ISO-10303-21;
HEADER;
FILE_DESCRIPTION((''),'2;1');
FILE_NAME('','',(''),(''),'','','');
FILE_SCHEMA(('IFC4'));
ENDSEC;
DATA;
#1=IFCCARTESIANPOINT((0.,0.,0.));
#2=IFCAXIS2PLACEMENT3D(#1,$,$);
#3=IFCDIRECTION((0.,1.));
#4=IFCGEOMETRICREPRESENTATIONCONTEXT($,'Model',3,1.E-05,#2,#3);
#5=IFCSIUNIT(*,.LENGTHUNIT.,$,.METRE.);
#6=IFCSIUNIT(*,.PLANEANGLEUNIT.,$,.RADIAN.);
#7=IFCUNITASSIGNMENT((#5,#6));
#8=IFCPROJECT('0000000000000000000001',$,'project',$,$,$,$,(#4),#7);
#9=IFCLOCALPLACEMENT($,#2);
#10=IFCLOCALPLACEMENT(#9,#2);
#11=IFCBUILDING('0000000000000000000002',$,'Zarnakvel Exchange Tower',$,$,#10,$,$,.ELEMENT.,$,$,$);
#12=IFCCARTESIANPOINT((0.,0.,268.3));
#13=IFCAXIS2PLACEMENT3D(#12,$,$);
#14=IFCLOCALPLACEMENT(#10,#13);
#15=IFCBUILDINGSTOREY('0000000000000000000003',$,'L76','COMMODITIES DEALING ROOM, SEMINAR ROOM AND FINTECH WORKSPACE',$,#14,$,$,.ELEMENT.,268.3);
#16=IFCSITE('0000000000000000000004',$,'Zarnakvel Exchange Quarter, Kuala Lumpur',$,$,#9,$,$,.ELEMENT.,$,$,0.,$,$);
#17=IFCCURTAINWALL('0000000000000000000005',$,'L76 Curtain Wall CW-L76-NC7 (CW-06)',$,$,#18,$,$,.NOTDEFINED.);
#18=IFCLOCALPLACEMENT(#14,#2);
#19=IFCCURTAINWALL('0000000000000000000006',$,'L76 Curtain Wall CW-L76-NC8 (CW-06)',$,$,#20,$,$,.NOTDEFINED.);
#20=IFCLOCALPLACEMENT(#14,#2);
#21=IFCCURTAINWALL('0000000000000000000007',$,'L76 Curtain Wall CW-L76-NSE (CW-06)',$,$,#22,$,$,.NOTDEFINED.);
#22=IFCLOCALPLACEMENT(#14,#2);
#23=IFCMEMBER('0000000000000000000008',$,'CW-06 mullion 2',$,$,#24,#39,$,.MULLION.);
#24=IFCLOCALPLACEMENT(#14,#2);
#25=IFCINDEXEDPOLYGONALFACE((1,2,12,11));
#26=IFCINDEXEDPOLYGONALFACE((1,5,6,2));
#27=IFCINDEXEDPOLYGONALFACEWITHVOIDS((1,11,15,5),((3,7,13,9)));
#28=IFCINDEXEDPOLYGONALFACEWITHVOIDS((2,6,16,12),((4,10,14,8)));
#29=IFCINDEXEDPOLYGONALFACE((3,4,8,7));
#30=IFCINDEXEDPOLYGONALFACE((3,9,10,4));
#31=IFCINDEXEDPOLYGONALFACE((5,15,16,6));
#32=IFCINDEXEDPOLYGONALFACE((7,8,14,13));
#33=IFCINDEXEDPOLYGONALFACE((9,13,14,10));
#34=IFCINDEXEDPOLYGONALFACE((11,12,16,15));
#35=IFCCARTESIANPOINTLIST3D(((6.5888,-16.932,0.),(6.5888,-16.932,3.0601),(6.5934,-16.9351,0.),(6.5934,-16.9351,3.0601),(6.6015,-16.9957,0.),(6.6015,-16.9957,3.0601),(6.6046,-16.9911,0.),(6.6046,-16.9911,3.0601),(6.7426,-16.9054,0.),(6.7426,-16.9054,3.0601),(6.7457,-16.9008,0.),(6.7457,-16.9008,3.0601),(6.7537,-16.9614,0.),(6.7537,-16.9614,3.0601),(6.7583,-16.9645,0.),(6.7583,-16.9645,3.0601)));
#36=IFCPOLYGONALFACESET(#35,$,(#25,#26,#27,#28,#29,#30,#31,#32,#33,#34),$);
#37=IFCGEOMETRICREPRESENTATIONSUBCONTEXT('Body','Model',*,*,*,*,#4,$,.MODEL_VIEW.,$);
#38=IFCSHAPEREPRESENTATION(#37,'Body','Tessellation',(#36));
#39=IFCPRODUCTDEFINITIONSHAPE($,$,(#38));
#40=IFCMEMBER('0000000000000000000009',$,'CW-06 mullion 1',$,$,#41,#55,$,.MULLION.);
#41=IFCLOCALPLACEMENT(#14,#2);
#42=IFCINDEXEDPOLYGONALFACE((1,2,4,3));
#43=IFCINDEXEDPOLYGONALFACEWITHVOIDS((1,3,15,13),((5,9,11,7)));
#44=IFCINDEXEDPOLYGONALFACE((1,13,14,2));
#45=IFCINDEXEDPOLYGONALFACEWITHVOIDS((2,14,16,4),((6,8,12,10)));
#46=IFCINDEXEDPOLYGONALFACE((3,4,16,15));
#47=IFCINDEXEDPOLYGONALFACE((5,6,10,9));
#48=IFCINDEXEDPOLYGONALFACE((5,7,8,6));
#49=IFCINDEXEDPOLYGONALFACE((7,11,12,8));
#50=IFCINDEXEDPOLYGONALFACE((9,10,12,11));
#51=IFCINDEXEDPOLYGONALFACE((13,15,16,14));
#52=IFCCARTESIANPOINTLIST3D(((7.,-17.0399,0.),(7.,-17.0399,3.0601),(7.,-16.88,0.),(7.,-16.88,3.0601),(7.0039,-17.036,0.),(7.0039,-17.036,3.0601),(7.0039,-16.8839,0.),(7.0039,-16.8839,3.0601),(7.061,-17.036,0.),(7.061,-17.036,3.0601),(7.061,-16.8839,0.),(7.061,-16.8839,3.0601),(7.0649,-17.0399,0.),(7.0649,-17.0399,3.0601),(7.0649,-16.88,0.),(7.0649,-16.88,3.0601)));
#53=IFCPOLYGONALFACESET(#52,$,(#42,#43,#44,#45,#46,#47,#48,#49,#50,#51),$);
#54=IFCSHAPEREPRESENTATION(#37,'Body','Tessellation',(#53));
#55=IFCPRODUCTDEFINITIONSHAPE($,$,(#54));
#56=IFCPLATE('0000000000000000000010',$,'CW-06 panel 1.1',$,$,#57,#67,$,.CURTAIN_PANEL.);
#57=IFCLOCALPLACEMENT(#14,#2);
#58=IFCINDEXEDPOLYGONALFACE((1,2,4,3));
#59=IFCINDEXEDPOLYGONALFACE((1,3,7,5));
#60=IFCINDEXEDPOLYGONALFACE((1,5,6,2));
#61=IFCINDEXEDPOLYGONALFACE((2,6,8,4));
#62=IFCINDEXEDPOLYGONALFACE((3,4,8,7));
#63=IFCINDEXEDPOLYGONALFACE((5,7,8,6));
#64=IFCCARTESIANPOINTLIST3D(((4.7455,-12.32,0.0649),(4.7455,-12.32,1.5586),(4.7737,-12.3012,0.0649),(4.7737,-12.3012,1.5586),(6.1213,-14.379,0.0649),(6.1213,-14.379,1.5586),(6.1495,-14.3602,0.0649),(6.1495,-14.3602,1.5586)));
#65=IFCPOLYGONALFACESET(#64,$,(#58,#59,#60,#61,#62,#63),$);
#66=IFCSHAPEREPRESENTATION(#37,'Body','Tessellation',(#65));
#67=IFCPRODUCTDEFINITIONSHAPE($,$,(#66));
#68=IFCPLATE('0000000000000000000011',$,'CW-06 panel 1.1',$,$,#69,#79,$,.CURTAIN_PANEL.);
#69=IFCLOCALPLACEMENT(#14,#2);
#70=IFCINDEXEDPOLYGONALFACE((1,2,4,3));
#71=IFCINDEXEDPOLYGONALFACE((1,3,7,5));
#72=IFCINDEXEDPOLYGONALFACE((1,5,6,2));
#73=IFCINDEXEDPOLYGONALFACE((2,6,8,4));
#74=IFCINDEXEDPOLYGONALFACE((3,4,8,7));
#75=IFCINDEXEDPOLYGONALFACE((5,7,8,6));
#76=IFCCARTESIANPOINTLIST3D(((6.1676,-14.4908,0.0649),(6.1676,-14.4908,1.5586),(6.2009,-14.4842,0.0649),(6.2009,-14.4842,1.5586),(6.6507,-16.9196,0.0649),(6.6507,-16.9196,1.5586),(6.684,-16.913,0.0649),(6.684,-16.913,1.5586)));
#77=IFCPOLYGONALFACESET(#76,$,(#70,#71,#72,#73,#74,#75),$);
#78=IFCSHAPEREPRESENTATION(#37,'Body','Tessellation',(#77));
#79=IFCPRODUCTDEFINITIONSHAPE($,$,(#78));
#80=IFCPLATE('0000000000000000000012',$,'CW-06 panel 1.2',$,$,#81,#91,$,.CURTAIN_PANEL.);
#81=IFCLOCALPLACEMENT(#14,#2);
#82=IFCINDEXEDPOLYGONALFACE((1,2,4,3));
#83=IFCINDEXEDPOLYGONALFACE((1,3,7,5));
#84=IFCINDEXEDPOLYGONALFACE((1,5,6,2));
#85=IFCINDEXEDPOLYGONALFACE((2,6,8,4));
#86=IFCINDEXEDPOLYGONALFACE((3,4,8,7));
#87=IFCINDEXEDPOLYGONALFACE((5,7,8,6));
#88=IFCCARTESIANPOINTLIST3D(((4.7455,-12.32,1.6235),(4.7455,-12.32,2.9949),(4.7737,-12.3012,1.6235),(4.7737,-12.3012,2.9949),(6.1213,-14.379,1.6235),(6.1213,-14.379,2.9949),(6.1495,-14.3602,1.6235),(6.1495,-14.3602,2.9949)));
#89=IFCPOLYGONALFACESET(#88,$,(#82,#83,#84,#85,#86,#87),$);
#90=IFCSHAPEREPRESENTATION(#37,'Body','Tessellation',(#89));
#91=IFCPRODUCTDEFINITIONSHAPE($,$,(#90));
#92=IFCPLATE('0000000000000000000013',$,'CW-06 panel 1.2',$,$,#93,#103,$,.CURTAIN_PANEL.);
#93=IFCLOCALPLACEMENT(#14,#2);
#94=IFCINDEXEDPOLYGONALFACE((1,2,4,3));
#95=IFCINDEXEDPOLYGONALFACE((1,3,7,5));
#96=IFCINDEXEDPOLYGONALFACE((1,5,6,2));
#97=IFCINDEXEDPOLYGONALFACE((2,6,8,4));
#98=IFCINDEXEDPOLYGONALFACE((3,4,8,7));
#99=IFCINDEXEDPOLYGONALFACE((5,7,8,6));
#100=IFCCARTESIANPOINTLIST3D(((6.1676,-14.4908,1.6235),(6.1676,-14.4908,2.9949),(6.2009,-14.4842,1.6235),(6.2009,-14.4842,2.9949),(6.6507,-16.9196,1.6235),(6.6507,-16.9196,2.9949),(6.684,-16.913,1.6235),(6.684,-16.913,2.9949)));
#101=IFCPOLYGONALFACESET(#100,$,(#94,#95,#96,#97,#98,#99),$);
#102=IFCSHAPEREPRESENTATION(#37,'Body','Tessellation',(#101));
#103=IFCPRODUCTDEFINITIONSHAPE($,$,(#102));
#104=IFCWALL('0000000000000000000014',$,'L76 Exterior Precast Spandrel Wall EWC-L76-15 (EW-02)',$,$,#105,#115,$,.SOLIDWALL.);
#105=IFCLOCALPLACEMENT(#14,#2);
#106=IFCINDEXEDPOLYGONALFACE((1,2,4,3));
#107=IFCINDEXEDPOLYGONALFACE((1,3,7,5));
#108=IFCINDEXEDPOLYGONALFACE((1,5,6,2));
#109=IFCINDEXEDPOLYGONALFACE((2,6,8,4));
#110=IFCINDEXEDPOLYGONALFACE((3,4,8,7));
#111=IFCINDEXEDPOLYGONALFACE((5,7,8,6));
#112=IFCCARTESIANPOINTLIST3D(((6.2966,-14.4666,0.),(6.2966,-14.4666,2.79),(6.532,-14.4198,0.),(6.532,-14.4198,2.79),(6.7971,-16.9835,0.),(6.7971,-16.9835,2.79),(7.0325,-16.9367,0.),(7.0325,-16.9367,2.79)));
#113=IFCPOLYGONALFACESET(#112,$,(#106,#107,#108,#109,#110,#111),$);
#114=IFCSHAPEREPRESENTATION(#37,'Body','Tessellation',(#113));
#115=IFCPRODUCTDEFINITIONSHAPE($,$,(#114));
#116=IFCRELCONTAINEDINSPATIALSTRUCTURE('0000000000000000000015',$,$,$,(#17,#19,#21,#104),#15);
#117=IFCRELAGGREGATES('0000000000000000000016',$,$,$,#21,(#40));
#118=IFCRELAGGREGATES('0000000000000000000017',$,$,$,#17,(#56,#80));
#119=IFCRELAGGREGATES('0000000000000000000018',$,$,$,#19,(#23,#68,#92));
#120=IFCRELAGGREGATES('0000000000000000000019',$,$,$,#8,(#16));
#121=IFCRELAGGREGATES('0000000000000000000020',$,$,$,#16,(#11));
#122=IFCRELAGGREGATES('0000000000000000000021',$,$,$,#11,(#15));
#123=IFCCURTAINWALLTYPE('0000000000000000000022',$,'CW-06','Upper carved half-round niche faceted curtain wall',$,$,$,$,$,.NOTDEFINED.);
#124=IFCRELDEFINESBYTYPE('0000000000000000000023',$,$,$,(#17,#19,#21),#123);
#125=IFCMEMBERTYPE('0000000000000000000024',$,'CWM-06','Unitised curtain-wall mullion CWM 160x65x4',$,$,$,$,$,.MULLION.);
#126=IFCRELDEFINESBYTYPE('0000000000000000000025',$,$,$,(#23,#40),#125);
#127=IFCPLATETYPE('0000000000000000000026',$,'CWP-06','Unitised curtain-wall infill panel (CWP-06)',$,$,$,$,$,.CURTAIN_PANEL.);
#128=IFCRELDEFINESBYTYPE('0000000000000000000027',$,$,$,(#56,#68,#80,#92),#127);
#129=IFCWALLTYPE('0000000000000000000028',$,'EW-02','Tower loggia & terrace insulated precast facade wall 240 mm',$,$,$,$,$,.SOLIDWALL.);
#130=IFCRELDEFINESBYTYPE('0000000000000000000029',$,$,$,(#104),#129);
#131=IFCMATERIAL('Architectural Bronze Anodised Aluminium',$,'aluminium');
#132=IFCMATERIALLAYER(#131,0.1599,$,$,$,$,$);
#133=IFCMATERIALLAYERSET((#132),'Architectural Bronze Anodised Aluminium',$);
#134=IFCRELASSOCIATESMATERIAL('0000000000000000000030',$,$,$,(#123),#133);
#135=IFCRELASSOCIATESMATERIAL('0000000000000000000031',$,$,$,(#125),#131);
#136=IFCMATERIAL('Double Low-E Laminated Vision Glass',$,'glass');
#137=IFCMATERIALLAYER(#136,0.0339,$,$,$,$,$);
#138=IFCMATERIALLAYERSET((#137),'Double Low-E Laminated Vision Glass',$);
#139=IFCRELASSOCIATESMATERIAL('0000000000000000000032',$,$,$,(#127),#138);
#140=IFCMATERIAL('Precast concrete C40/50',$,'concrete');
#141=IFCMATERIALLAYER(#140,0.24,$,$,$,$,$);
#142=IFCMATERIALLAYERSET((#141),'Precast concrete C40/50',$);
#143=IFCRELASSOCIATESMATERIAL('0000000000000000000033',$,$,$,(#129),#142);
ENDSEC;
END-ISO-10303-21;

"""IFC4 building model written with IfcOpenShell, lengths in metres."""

from ifc_helpers import new_model, si_unit, direction, frame, frame_2d, origin, origin_2d, place, context, subcontext, project, spatial, rectangle, hollow_rectangle, extrude, source, transform, mapped, material, layer, layer_set, material_profile, profile_set, type_object, element, aggregate, save


model = new_model("IFC4")

# Units and contexts
model_context = context("Model", 3, precision=1e-05, world=origin(), true_north=direction((0.0, 1.0)))
body_context = subcontext(model_context, "Body", "Model", "MODEL_VIEW")
ifc_project = project(units=[si_unit("LENGTHUNIT", "METRE"), si_unit("PLANEANGLEUNIT", "RADIAN")], contexts=[model_context])

# Site, building, storey
site_placement = place(None, origin())
site = spatial("IfcSite", under=ifc_project, at=site_placement, Name="Zarnakvel Exchange Quarter, Kuala Lumpur", CompositionType="ELEMENT", RefElevation=0.0)
building_placement = place(site_placement, origin())
building = spatial("IfcBuilding", under=site, at=building_placement, Name="Zarnakvel Exchange Tower", CompositionType="ELEMENT")
storey_placement = place(building_placement, frame((0.0, 0.0, 268.3)))
storey = spatial("IfcBuildingStorey", under=building, at=storey_placement, Name="L76", Description="COMMODITIES DEALING ROOM, SEMINAR ROOM AND FINTECH WORKSPACE", CompositionType="ELEMENT", Elevation=268.3)

# Curtain walls
ifc_material_1 = material(Name="Architectural Bronze Anodised Aluminium", Category="aluminium")
ifc_layer_1 = layer(ifc_material_1, 0.1599)
ifc_layer_set_1 = layer_set([ifc_layer_1], Name="Architectural Bronze Anodised Aluminium")
curtain_wall_type = type_object("IfcCurtainWallType", Name="CW-06", Description="Upper carved half-round niche faceted curtain wall", PredefinedType="NOTDEFINED", material=ifc_layer_set_1)
curtain_wall_1_placement = place(storey_placement, origin())
curtain_wall_1 = element("IfcCurtainWall", 1, at=curtain_wall_1_placement, inside=storey, type_object=curtain_wall_type, Name="L76 Curtain Wall CW-L76-NC7 (CW-06)", PredefinedType="NOTDEFINED")
curtain_wall_2_placement = place(storey_placement, origin())
curtain_wall_2 = element("IfcCurtainWall", 2, at=curtain_wall_2_placement, inside=storey, type_object=curtain_wall_type, Name="L76 Curtain Wall CW-L76-NC8 (CW-06)", PredefinedType="NOTDEFINED")
curtain_wall_3_placement = place(storey_placement, origin())
curtain_wall_3 = element("IfcCurtainWall", 3, at=curtain_wall_3_placement, inside=storey, type_object=curtain_wall_type, Name="L76 Curtain Wall CW-L76-NSE (CW-06)", PredefinedType="NOTDEFINED")

# Members
ifc_material_profile_1 = material_profile(ifc_material_1, hollow_rectangle(XDim=0.1599, YDim=0.0649, WallThickness=0.0039, at=origin_2d()))
ifc_profile_set_1 = profile_set([ifc_material_profile_1], Name="Architectural Bronze Anodised Aluminium")
member_type_1 = type_object("IfcMemberType", Name="CWM-06", Description="Unitised curtain-wall mullion CWM 160x65x4", PredefinedType="MULLION", material=ifc_profile_set_1)
shared_shape_1 = source(origin(), body_context, "Body", "SweptSolid", [
    extrude(hollow_rectangle(XDim=0.1599, YDim=0.0649, WallThickness=0.0039, at=origin_2d()), origin(), (0.0, 0.0, 1.0), 3.0601),
])
member_1_placement = place(storey_placement, frame((6.6736, -16.9482, 0.0), z_axis=(0.0, 0.0, 1.0), x_axis=(0.980785, 0.19509, 0.0)))
member_1 = element("IfcMember", 4, at=member_1_placement, type_object=member_type_1, Name="CW-06 mullion 2", PredefinedType="MULLION", context=body_context, shape_type="MappedRepresentation", body=[
    mapped(shared_shape_1, transform((0.0, 0.0, 0.0), x_axis=(1.0, 0.0, 0.0), y_axis=(0.0, 1.0, 0.0), z_axis=(0.0, 0.0, 1.0), scale=1.0)),
])
member_2_placement = place(storey_placement, frame((7.0325, -16.96, 0.0), z_axis=(0.0, 0.0, 1.0), x_axis=(0.0, 1.0, 0.0)))
member_2 = element("IfcMember", 5, at=member_2_placement, type_object=member_type_1, Name="CW-06 mullion 1", PredefinedType="MULLION", context=body_context, shape_type="MappedRepresentation", body=[
    mapped(shared_shape_1, transform((0.0, 0.0, 0.0), x_axis=(1.0, 0.0, 0.0), y_axis=(0.0, 1.0, 0.0), z_axis=(0.0, 0.0, 1.0), scale=1.0)),
])
aggregate(curtain_wall_3, [member_2])

# Plates
ifc_material_2 = material(Name="Double Low-E Laminated Vision Glass", Category="glass")
ifc_layer_2 = layer(ifc_material_2, 0.0339)
ifc_layer_set_2 = layer_set([ifc_layer_2], Name="Double Low-E Laminated Vision Glass")
plate_type = type_object("IfcPlateType", Name="CWP-06", Description="Unitised curtain-wall infill panel (CWP-06)", PredefinedType="CURTAIN_PANEL", material=ifc_layer_set_2)
shared_shape_2 = source(origin(), body_context, "Body", "SweptSolid", [
    extrude(rectangle(XDim=2.4763, YDim=0.0339, at=origin_2d()), origin(), (0.0, 0.0, 1.0), 1.4937),
])
plate_1_placement = place(storey_placement, frame((5.4475, -13.3401, 0.0649), z_axis=(0.0, 0.0, 1.0), x_axis=(0.55557, -0.83147, 0.0)))
plate_1 = element("IfcPlate", 6, at=plate_1_placement, type_object=plate_type, Name="CW-06 panel 1.1", PredefinedType="CURTAIN_PANEL", context=body_context, shape_type="MappedRepresentation", body=[
    mapped(shared_shape_2, transform((0.0, 0.0, 0.0), x_axis=(1.0, 0.0, 0.0), y_axis=(0.0, 1.0, 0.0), z_axis=(0.0, 0.0, 1.0), scale=1.0)),
])
plate_2_placement = place(storey_placement, frame((6.4258, -15.7019, 0.0649), z_axis=(0.0, 0.0, 1.0), x_axis=(0.19509, -0.980785, 0.0)))
plate_2 = element("IfcPlate", 7, at=plate_2_placement, type_object=plate_type, Name="CW-06 panel 1.1", PredefinedType="CURTAIN_PANEL", context=body_context, shape_type="MappedRepresentation", body=[
    mapped(shared_shape_2, transform((0.0, 0.0, 0.0), x_axis=(1.0, 0.0, 0.0), y_axis=(0.0, 1.0, 0.0), z_axis=(0.0, 0.0, 1.0), scale=1.0)),
])
shared_shape_3 = source(origin(), body_context, "Body", "SweptSolid", [
    extrude(rectangle(XDim=2.4763, YDim=0.0339, at=origin_2d()), origin(), (0.0, 0.0, 1.0), 1.3713),
])
plate_3_placement = place(storey_placement, frame((5.4475, -13.3401, 1.6235), z_axis=(0.0, 0.0, 1.0), x_axis=(0.55557, -0.83147, 0.0)))
plate_3 = element("IfcPlate", 8, at=plate_3_placement, type_object=plate_type, Name="CW-06 panel 1.2", PredefinedType="CURTAIN_PANEL", context=body_context, shape_type="MappedRepresentation", body=[
    mapped(shared_shape_3, transform((0.0, 0.0, 0.0), x_axis=(1.0, 0.0, 0.0), y_axis=(0.0, 1.0, 0.0), z_axis=(0.0, 0.0, 1.0), scale=1.0)),
])
aggregate(curtain_wall_1, [plate_1, plate_3])
plate_4_placement = place(storey_placement, frame((6.4258, -15.7019, 1.6235), z_axis=(0.0, 0.0, 1.0), x_axis=(0.19509, -0.980785, 0.0)))
plate_4 = element("IfcPlate", 9, at=plate_4_placement, type_object=plate_type, Name="CW-06 panel 1.2", PredefinedType="CURTAIN_PANEL", context=body_context, shape_type="MappedRepresentation", body=[
    mapped(shared_shape_3, transform((0.0, 0.0, 0.0), x_axis=(1.0, 0.0, 0.0), y_axis=(0.0, 1.0, 0.0), z_axis=(0.0, 0.0, 1.0), scale=1.0)),
])
aggregate(curtain_wall_2, [member_1, plate_2, plate_4])

# Wall
ifc_material_3 = material(Name="Precast concrete C40/50", Category="concrete")
ifc_layer_3 = layer(ifc_material_3, 0.24)
ifc_layer_set_3 = layer_set([ifc_layer_3], Name="Precast concrete C40/50")
wall_type = type_object("IfcWallType", Name="EW-02", Description="Tower loggia & terrace insulated precast facade wall 240 mm", PredefinedType="SOLIDWALL", material=ifc_layer_set_3)
wall_placement = place(storey_placement, frame((6.4143, -14.4431, 0.0), z_axis=(0.0, 0.0, 1.0), x_axis=(0.195037, -0.980796, 0.0)))
element("IfcWall", 10, at=wall_placement, inside=storey, type_object=wall_type, Name="L76 Exterior Precast Spandrel Wall EWC-L76-15 (EW-02)", PredefinedType="SOLIDWALL", context=body_context, shape_type="SweptSolid", body=[
    extrude(rectangle(XDim=2.5662, YDim=0.24, at=frame_2d((1.2832, 0.0))), origin(), (0.0, 0.0, 1.0), 2.79),
])

save(model, "model.ifc")
